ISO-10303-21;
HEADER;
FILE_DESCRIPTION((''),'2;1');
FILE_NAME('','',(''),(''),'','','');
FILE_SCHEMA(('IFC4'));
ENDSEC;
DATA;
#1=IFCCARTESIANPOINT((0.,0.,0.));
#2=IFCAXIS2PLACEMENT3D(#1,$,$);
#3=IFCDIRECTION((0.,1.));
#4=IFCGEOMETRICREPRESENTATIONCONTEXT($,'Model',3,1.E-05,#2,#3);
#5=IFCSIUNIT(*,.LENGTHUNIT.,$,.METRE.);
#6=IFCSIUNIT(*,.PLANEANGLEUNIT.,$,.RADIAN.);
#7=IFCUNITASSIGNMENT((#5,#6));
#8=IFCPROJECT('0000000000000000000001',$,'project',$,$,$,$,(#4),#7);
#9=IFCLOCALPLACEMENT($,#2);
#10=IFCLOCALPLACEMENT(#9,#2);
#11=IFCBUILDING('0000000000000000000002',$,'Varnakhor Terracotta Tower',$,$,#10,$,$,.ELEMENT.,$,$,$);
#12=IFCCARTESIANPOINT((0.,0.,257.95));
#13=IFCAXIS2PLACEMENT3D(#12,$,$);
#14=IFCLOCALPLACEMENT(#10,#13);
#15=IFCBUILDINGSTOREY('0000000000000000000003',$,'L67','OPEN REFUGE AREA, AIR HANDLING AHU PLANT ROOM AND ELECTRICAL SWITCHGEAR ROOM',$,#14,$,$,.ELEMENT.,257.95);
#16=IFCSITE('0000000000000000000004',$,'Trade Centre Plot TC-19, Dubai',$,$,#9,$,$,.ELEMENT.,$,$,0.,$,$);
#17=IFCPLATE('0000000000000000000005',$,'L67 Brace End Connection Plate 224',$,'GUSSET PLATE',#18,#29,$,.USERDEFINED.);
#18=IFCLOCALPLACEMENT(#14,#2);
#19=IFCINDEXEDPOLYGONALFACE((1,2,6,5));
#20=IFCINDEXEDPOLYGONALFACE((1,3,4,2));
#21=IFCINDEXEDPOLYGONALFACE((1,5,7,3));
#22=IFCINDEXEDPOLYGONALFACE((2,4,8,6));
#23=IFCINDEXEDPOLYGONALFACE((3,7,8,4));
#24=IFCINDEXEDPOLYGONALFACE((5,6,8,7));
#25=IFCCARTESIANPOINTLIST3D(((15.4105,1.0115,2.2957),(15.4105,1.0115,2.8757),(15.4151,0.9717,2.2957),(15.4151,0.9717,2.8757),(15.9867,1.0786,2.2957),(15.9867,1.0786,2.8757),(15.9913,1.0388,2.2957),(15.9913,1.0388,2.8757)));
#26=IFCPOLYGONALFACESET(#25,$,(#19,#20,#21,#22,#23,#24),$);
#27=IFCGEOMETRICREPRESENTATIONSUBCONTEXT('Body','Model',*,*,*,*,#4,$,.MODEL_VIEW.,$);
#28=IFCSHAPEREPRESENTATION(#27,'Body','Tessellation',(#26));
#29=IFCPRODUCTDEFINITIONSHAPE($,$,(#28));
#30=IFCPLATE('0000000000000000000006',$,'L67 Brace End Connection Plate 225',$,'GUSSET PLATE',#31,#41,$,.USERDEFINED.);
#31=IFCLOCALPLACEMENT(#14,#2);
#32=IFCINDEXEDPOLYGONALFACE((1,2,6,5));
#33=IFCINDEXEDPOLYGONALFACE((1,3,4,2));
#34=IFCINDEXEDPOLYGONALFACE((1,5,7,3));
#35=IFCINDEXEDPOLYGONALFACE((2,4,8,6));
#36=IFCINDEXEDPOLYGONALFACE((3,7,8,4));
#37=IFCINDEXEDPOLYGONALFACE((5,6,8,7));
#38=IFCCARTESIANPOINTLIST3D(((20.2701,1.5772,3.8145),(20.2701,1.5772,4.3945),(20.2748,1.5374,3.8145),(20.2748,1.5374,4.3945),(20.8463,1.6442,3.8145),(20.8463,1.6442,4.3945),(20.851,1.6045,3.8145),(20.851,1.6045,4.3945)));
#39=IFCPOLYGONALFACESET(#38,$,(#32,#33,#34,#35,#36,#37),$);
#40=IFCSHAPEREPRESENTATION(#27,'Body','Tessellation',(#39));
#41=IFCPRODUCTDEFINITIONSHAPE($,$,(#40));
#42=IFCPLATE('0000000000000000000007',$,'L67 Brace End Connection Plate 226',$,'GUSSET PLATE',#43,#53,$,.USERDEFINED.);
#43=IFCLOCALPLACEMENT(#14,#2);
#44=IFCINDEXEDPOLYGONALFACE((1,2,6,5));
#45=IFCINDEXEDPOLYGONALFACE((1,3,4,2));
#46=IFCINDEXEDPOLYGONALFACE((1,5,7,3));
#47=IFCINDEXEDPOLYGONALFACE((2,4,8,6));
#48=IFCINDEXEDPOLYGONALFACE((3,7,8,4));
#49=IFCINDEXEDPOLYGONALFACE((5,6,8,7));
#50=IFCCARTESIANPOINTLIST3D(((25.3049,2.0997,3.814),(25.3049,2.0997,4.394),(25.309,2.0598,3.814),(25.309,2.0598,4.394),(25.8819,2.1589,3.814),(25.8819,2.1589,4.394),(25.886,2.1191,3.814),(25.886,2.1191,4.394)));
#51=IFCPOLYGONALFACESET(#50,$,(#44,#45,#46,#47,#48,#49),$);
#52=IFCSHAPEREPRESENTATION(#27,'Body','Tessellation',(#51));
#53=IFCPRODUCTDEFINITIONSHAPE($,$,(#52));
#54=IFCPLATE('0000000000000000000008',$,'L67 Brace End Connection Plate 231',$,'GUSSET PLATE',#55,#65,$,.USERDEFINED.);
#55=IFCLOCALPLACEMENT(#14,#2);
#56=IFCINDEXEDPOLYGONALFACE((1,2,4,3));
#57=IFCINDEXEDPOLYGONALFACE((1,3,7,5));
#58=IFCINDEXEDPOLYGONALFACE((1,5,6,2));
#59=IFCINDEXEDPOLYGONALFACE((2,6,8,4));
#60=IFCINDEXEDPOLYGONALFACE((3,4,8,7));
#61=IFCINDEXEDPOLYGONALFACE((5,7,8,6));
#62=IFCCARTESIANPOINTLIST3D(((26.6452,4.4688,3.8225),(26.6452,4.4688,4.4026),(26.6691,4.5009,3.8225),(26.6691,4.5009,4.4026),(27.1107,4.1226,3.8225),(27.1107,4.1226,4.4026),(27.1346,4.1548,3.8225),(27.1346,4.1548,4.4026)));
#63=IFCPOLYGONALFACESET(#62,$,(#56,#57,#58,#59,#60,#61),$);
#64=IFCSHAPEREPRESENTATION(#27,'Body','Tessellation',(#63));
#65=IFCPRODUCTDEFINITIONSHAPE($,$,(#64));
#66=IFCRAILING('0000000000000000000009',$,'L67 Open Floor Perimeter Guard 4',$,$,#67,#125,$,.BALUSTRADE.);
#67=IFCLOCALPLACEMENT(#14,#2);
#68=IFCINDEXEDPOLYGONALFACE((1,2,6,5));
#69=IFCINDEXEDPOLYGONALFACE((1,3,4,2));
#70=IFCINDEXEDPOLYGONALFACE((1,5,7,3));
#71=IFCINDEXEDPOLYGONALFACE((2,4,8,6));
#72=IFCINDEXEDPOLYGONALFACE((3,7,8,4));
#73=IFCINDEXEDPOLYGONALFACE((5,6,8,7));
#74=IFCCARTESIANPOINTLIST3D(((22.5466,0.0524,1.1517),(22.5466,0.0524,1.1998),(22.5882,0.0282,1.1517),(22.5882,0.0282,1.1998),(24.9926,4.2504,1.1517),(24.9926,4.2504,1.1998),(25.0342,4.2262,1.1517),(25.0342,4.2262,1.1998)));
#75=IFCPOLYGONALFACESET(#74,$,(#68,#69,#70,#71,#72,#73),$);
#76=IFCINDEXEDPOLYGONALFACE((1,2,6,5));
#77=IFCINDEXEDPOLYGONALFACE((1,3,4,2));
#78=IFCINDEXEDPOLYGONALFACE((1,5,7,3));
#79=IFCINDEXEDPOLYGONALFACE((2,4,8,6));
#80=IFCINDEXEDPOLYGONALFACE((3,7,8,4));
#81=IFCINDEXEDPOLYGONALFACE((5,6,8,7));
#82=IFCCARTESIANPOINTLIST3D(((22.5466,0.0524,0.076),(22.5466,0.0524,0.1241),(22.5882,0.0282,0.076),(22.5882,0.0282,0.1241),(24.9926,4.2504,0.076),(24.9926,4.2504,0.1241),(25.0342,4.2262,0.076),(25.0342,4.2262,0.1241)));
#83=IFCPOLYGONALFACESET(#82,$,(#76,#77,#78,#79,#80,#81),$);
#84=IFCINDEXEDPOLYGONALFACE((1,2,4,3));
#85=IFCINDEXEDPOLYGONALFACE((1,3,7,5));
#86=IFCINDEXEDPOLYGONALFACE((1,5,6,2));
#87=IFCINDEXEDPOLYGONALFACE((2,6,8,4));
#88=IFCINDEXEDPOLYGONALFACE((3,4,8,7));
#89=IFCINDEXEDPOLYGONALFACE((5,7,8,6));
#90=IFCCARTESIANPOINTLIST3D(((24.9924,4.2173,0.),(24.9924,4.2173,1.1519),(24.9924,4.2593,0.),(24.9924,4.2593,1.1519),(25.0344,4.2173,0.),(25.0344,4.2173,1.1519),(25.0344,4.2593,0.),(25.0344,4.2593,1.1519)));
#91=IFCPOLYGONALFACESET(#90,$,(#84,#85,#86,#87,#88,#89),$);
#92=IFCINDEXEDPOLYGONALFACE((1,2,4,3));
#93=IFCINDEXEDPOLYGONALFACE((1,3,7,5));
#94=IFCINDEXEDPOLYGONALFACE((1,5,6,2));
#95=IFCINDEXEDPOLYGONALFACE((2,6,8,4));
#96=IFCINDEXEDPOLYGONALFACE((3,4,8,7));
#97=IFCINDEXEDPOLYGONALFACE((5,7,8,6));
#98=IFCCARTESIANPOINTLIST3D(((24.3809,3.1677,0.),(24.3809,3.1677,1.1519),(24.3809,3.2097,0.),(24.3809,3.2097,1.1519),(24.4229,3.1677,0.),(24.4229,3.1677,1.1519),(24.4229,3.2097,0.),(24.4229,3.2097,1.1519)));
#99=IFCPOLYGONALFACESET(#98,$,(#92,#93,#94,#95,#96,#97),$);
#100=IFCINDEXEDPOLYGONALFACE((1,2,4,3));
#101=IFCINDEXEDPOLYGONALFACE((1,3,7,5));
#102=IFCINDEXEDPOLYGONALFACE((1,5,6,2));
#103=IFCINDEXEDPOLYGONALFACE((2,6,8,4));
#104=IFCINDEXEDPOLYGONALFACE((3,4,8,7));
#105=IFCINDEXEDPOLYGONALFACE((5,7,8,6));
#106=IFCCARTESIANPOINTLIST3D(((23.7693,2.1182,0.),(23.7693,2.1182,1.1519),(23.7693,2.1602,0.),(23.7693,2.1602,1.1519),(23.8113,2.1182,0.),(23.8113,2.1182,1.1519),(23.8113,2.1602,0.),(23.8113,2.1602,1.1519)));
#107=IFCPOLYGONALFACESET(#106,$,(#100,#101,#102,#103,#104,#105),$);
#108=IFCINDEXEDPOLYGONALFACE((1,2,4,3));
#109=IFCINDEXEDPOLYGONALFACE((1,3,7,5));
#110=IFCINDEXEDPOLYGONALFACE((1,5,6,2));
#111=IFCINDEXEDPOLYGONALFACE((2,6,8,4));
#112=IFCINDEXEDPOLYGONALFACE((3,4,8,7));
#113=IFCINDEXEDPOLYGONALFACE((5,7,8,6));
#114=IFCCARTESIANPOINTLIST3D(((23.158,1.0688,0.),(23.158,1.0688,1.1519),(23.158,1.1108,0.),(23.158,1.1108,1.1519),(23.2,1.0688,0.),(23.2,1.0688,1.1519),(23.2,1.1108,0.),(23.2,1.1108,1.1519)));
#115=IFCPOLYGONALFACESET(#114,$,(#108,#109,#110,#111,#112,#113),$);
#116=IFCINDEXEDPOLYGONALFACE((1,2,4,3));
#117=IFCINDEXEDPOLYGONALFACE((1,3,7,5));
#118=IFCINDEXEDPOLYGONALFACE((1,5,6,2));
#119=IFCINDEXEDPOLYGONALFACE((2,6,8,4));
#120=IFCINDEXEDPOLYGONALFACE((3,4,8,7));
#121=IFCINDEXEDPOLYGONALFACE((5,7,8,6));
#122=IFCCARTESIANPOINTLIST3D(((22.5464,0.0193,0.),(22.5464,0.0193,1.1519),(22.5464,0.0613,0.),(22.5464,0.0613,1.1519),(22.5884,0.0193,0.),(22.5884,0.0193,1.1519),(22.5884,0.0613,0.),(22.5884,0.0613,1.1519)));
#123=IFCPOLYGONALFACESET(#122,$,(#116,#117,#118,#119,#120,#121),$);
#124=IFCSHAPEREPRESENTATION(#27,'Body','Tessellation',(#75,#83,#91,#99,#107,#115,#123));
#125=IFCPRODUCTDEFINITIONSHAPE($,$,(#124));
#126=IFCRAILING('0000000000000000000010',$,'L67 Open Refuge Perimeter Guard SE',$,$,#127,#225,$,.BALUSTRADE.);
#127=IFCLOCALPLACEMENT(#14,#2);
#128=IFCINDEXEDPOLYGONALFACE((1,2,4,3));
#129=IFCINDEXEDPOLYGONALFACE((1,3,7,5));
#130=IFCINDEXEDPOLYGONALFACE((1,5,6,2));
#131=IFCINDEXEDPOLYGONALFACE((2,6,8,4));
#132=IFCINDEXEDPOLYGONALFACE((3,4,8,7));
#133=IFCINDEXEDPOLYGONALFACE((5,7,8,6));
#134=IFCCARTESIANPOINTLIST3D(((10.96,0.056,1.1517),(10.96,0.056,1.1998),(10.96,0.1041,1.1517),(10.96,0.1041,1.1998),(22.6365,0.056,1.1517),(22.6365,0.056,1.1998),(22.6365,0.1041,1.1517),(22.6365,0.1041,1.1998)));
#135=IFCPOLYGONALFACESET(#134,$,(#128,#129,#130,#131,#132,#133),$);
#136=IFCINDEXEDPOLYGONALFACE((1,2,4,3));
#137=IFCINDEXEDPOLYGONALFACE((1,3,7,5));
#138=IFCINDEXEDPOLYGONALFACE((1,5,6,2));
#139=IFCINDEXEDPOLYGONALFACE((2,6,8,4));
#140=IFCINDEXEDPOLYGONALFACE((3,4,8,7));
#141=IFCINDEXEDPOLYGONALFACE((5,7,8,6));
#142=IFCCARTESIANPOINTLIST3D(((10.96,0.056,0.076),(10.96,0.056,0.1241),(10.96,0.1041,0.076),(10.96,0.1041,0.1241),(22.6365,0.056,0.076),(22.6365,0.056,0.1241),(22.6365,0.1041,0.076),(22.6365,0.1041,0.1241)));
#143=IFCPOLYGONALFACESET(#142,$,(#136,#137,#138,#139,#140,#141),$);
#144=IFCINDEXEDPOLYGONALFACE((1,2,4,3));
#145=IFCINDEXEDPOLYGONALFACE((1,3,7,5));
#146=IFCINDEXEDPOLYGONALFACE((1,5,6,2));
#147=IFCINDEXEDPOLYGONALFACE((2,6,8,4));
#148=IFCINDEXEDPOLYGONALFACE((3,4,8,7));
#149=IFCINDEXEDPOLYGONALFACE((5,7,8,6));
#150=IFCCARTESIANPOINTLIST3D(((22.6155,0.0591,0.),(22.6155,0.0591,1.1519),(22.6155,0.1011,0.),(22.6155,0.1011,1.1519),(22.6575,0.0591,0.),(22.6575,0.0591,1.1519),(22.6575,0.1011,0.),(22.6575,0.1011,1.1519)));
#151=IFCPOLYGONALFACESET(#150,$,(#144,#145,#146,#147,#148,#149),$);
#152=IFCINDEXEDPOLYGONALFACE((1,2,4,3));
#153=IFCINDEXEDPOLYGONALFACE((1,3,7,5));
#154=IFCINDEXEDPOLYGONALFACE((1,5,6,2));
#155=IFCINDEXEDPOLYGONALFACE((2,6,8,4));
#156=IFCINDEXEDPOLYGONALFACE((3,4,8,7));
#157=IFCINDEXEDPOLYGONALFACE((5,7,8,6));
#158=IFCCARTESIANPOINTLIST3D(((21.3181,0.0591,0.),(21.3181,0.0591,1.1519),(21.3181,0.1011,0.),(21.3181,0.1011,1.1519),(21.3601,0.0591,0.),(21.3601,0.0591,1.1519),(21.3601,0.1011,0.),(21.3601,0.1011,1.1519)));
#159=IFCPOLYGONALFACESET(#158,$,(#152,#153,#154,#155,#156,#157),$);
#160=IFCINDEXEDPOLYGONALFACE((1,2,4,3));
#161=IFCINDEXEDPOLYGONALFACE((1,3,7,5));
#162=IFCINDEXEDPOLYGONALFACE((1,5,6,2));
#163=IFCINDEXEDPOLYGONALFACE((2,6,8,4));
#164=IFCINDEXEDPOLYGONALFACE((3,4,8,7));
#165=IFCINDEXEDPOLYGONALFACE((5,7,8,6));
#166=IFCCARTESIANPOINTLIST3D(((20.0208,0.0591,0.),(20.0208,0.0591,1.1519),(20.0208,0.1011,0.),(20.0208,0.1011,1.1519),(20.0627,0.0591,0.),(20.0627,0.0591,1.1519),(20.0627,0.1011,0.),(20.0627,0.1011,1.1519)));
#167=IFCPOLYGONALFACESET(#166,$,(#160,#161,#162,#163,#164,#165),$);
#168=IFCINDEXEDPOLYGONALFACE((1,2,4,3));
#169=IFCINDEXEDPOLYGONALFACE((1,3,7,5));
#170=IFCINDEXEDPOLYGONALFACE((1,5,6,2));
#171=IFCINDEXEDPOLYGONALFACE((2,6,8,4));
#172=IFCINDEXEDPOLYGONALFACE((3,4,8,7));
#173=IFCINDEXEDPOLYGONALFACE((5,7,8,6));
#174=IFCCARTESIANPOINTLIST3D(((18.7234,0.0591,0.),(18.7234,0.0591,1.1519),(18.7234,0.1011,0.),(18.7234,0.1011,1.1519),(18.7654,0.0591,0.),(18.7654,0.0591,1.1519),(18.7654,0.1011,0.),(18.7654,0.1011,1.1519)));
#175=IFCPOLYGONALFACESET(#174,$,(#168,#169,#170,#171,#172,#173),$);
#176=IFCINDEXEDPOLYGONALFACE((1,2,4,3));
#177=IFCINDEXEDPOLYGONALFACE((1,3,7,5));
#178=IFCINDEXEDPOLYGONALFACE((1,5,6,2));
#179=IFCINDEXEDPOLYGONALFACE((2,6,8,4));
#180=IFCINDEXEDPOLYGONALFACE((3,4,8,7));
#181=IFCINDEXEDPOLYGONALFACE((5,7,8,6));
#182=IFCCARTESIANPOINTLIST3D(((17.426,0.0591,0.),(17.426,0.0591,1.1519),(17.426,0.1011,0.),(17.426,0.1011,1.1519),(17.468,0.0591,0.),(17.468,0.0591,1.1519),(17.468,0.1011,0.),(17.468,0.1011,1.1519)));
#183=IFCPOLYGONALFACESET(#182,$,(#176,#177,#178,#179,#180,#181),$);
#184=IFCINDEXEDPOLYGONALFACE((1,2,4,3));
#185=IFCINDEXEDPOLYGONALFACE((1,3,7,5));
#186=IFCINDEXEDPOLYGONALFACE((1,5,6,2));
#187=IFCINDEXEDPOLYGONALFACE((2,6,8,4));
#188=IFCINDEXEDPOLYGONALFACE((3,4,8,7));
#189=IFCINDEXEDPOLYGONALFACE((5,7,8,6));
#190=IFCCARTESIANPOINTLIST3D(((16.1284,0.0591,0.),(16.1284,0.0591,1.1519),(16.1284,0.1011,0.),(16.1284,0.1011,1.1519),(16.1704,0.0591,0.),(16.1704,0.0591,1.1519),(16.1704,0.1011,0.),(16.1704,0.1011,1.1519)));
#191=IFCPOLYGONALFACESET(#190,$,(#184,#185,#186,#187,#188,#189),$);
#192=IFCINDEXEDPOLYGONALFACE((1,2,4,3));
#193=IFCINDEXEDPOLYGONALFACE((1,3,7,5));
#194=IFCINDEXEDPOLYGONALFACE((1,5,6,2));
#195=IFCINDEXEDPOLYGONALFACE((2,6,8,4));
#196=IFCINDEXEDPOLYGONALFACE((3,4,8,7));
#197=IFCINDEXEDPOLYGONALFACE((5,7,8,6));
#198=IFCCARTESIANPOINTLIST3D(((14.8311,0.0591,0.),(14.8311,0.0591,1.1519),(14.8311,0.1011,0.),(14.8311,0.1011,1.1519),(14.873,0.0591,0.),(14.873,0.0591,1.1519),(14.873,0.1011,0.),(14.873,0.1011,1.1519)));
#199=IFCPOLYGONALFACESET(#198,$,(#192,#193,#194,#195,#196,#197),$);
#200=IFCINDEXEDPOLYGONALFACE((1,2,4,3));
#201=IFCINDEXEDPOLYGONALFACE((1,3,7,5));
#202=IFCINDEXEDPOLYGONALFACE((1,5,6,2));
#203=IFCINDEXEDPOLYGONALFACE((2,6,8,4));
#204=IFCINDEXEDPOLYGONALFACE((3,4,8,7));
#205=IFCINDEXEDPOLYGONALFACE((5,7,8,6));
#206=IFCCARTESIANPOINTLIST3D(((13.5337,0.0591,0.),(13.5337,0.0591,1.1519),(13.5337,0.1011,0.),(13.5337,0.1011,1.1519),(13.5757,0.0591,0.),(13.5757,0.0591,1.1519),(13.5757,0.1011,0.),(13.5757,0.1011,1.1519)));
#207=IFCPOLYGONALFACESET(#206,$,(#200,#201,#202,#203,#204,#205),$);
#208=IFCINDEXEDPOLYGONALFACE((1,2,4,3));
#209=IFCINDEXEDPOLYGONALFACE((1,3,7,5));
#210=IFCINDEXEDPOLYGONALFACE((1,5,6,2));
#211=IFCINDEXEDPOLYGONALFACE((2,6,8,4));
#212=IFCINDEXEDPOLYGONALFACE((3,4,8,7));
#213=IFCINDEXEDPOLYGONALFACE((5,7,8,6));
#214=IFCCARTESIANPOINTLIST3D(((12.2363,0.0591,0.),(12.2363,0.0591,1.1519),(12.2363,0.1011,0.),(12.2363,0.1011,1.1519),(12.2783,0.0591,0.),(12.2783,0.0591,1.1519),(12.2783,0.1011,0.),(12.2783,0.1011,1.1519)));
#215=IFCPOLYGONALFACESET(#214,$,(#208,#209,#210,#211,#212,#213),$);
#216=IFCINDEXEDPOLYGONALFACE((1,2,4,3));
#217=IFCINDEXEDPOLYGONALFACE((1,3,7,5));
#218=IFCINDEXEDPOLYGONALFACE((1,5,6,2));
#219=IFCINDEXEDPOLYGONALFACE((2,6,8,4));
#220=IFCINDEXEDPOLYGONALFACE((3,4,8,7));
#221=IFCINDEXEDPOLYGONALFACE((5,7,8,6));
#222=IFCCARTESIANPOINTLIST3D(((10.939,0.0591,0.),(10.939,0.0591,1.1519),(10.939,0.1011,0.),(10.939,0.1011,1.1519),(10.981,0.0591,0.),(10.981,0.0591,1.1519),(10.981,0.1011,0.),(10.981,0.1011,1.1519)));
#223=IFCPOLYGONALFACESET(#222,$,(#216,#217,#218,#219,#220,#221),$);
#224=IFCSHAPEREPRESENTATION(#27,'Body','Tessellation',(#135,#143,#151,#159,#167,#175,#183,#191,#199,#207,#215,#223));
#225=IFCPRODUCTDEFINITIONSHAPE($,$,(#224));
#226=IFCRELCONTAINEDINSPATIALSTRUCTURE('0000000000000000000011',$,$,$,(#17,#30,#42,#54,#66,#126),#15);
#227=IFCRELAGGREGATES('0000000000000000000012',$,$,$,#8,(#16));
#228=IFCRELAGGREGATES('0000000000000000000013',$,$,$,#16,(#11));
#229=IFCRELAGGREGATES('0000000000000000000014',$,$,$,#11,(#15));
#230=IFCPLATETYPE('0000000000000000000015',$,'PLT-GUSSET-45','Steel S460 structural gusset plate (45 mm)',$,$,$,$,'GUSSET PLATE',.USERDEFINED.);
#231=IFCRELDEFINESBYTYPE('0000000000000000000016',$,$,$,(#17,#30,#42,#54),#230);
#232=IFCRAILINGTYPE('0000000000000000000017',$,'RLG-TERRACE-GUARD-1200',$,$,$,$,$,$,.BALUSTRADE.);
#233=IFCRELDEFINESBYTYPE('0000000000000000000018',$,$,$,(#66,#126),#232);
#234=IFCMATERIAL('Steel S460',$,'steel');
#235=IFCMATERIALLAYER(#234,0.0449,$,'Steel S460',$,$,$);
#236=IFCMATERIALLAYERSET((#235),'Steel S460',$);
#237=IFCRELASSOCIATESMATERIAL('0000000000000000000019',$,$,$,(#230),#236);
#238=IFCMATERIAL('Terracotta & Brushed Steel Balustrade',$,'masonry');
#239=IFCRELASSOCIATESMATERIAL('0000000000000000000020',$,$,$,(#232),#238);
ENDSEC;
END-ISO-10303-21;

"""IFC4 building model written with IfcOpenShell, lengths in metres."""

from ifc_helpers import new_model, si_unit, direction, frame, origin, origin_2d, place, context, subcontext, project, spatial, rectangle, extrude, source, transform, mapped, material, layer, layer_set, type_object, element, save


model = new_model("IFC4")

# Units and contexts
model_context = context("Model", 3, precision=1e-05, world=origin(), true_north=direction((0.0, 1.0)))
body_context = subcontext(model_context, "Body", "Model", "MODEL_VIEW")
ifc_project = project(units=[si_unit("LENGTHUNIT", "METRE"), si_unit("PLANEANGLEUNIT", "RADIAN")], contexts=[model_context])

# Site, building, storey
site_placement = place(None, origin())
site = spatial("IfcSite", under=ifc_project, at=site_placement, Name="Trade Centre Plot TC-19, Dubai", CompositionType="ELEMENT", RefElevation=0.0)
building_placement = place(site_placement, origin())
building = spatial("IfcBuilding", under=site, at=building_placement, Name="Varnakhor Terracotta Tower", CompositionType="ELEMENT")
storey_placement = place(building_placement, frame((0.0, 0.0, 257.95)))
storey = spatial("IfcBuildingStorey", under=building, at=storey_placement, Name="L67", Description="OPEN REFUGE AREA, AIR HANDLING AHU PLANT ROOM AND ELECTRICAL SWITCHGEAR ROOM", CompositionType="ELEMENT", Elevation=257.95)

# Shared definitions
ifc_material_1 = material(Name="Steel S460", Category="steel")

# Plates
ifc_layer = layer(ifc_material_1, 0.0449, Name="Steel S460")
ifc_layer_set = layer_set([ifc_layer], Name="Steel S460")
plate_type = type_object("IfcPlateType", Name="PLT-GUSSET-45", Description="Steel S460 structural gusset plate (45 mm)", ElementType="GUSSET PLATE", PredefinedType="USERDEFINED", material=ifc_layer_set)
shared_shape_1 = source(origin(), body_context, "Body", "SweptSolid", [
    extrude(rectangle(XDim=0.5801, YDim=0.04, at=origin_2d()), origin(), (0.0, 0.0, 1.0), 0.5801),
])
for number, where, z_axis, x_axis, name in (
    (1, (15.7009, 1.0251, 2.2957), (0.0, 0.0, 1.0), (0.993296, 0.115596, 0.0), "L67 Brace End Connection Plate 224"),
    (2, (20.5605, 1.5908, 3.8145), (0.0, 0.0, 1.0), (0.993296, 0.115596, 0.0), "L67 Brace End Connection Plate 225"),
    (3, (25.5955, 2.1094, 3.814), (0.0, 0.0, 1.0), (0.994769, 0.10215, 0.0), "L67 Brace End Connection Plate 226"),
    (4, (26.8899, 4.3118, 3.8225), (0.0, 0.0, 1.0), (0.802464, -0.596701, 0.0), "L67 Brace End Connection Plate 231"),
):
    element("IfcPlate", number, at=place(storey_placement, frame(where, z_axis=z_axis, x_axis=x_axis)), inside=storey, type_object=plate_type, Name=name, ObjectType="GUSSET PLATE", PredefinedType="USERDEFINED", context=body_context, shape_type="MappedRepresentation", body=[
        mapped(shared_shape_1, transform((0.0, 0.0, 0.0), scale=1.0)),
    ])

# Railings
ifc_material_2 = material(Name="Terracotta & Brushed Steel Balustrade", Category="masonry")
railing_type = type_object("IfcRailingType", Name="RLG-TERRACE-GUARD-1200", PredefinedType="BALUSTRADE", material=ifc_material_2)
railing_1_placement = place(storey_placement, frame((25.0134, 4.2383, 0.0)))
element("IfcRailing", 5, at=railing_1_placement, inside=storey, type_object=railing_type, Name="L67 Open Floor Perimeter Guard 4", PredefinedType="BALUSTRADE", context=body_context, shape_type="SweptSolid", body=[
    extrude(rectangle(XDim=0.0481, YDim=0.0481, at=origin_2d()), frame((0.0, 0.0, 1.1758), z_axis=(-0.503443, -0.864028, 0.0), x_axis=(0.864028, -0.503443, 0.0)), (0.0, 0.0, 1.0), 4.8586),
    extrude(rectangle(XDim=0.0481, YDim=0.0481, at=origin_2d()), frame((0.0, 0.0, 0.1001), z_axis=(-0.503443, -0.864028, 0.0), x_axis=(0.864028, -0.503443, 0.0)), (0.0, 0.0, 1.0), 4.8586),
    extrude(rectangle(XDim=0.042, YDim=0.042, at=origin_2d()), origin(), (0.0, 0.0, 1.0), 1.1519),
    extrude(rectangle(XDim=0.042, YDim=0.042, at=origin_2d()), frame((-0.6116, -1.0496, 0.0)), (0.0, 0.0, 1.0), 1.1519),
    extrude(rectangle(XDim=0.042, YDim=0.042, at=origin_2d()), frame((-1.2231, -2.0991, 0.0)), (0.0, 0.0, 1.0), 1.1519),
    extrude(rectangle(XDim=0.042, YDim=0.042, at=origin_2d()), frame((-1.8345, -3.1484, 0.0)), (0.0, 0.0, 1.0), 1.1519),
    extrude(rectangle(XDim=0.042, YDim=0.042, at=origin_2d()), frame((-2.446, -4.198, 0.0)), (0.0, 0.0, 1.0), 1.1519),
])
railing_2_placement = place(storey_placement, frame((22.6365, 0.0801, 0.0)))
element("IfcRailing", 6, at=railing_2_placement, inside=storey, type_object=railing_type, Name="L67 Open Refuge Perimeter Guard SE", PredefinedType="BALUSTRADE", context=body_context, shape_type="SweptSolid", body=[
    extrude(rectangle(XDim=0.0481, YDim=0.0481, at=origin_2d()), frame((0.0, 0.0, 1.1758), z_axis=(-1.0, 0.0, 0.0), x_axis=(0.0, -1.0, 0.0)), (0.0, 0.0, 1.0), 11.6765),
    extrude(rectangle(XDim=0.0481, YDim=0.0481, at=origin_2d()), frame((0.0, 0.0, 0.1001), z_axis=(-1.0, 0.0, 0.0), x_axis=(0.0, -1.0, 0.0)), (0.0, 0.0, 1.0), 11.6765),
    extrude(rectangle(XDim=0.042, YDim=0.042, at=origin_2d()), origin(), (0.0, 0.0, 1.0), 1.1519),
    extrude(rectangle(XDim=0.042, YDim=0.042, at=origin_2d()), frame((-1.2974, 0.0, 0.0)), (0.0, 0.0, 1.0), 1.1519),
    extrude(rectangle(XDim=0.042, YDim=0.042, at=origin_2d()), frame((-2.5947, 0.0, 0.0)), (0.0, 0.0, 1.0), 1.1519),
    extrude(rectangle(XDim=0.042, YDim=0.042, at=origin_2d()), frame((-3.8921, 0.0, 0.0)), (0.0, 0.0, 1.0), 1.1519),
    extrude(rectangle(XDim=0.042, YDim=0.042, at=origin_2d()), frame((-5.1895, 0.0, 0.0)), (0.0, 0.0, 1.0), 1.1519),
    extrude(rectangle(XDim=0.042, YDim=0.042, at=origin_2d()), frame((-6.4871, 0.0, 0.0)), (0.0, 0.0, 1.0), 1.1519),
    extrude(rectangle(XDim=0.042, YDim=0.042, at=origin_2d()), frame((-7.7844, 0.0, 0.0)), (0.0, 0.0, 1.0), 1.1519),
    extrude(rectangle(XDim=0.042, YDim=0.042, at=origin_2d()), frame((-9.0818, 0.0, 0.0)), (0.0, 0.0, 1.0), 1.1519),
    extrude(rectangle(XDim=0.042, YDim=0.042, at=origin_2d()), frame((-10.3792, 0.0, 0.0)), (0.0, 0.0, 1.0), 1.1519),
    extrude(rectangle(XDim=0.042, YDim=0.042, at=origin_2d()), frame((-11.6765, 0.0, 0.0)), (0.0, 0.0, 1.0), 1.1519),
])

save(model, "model.ifc")
